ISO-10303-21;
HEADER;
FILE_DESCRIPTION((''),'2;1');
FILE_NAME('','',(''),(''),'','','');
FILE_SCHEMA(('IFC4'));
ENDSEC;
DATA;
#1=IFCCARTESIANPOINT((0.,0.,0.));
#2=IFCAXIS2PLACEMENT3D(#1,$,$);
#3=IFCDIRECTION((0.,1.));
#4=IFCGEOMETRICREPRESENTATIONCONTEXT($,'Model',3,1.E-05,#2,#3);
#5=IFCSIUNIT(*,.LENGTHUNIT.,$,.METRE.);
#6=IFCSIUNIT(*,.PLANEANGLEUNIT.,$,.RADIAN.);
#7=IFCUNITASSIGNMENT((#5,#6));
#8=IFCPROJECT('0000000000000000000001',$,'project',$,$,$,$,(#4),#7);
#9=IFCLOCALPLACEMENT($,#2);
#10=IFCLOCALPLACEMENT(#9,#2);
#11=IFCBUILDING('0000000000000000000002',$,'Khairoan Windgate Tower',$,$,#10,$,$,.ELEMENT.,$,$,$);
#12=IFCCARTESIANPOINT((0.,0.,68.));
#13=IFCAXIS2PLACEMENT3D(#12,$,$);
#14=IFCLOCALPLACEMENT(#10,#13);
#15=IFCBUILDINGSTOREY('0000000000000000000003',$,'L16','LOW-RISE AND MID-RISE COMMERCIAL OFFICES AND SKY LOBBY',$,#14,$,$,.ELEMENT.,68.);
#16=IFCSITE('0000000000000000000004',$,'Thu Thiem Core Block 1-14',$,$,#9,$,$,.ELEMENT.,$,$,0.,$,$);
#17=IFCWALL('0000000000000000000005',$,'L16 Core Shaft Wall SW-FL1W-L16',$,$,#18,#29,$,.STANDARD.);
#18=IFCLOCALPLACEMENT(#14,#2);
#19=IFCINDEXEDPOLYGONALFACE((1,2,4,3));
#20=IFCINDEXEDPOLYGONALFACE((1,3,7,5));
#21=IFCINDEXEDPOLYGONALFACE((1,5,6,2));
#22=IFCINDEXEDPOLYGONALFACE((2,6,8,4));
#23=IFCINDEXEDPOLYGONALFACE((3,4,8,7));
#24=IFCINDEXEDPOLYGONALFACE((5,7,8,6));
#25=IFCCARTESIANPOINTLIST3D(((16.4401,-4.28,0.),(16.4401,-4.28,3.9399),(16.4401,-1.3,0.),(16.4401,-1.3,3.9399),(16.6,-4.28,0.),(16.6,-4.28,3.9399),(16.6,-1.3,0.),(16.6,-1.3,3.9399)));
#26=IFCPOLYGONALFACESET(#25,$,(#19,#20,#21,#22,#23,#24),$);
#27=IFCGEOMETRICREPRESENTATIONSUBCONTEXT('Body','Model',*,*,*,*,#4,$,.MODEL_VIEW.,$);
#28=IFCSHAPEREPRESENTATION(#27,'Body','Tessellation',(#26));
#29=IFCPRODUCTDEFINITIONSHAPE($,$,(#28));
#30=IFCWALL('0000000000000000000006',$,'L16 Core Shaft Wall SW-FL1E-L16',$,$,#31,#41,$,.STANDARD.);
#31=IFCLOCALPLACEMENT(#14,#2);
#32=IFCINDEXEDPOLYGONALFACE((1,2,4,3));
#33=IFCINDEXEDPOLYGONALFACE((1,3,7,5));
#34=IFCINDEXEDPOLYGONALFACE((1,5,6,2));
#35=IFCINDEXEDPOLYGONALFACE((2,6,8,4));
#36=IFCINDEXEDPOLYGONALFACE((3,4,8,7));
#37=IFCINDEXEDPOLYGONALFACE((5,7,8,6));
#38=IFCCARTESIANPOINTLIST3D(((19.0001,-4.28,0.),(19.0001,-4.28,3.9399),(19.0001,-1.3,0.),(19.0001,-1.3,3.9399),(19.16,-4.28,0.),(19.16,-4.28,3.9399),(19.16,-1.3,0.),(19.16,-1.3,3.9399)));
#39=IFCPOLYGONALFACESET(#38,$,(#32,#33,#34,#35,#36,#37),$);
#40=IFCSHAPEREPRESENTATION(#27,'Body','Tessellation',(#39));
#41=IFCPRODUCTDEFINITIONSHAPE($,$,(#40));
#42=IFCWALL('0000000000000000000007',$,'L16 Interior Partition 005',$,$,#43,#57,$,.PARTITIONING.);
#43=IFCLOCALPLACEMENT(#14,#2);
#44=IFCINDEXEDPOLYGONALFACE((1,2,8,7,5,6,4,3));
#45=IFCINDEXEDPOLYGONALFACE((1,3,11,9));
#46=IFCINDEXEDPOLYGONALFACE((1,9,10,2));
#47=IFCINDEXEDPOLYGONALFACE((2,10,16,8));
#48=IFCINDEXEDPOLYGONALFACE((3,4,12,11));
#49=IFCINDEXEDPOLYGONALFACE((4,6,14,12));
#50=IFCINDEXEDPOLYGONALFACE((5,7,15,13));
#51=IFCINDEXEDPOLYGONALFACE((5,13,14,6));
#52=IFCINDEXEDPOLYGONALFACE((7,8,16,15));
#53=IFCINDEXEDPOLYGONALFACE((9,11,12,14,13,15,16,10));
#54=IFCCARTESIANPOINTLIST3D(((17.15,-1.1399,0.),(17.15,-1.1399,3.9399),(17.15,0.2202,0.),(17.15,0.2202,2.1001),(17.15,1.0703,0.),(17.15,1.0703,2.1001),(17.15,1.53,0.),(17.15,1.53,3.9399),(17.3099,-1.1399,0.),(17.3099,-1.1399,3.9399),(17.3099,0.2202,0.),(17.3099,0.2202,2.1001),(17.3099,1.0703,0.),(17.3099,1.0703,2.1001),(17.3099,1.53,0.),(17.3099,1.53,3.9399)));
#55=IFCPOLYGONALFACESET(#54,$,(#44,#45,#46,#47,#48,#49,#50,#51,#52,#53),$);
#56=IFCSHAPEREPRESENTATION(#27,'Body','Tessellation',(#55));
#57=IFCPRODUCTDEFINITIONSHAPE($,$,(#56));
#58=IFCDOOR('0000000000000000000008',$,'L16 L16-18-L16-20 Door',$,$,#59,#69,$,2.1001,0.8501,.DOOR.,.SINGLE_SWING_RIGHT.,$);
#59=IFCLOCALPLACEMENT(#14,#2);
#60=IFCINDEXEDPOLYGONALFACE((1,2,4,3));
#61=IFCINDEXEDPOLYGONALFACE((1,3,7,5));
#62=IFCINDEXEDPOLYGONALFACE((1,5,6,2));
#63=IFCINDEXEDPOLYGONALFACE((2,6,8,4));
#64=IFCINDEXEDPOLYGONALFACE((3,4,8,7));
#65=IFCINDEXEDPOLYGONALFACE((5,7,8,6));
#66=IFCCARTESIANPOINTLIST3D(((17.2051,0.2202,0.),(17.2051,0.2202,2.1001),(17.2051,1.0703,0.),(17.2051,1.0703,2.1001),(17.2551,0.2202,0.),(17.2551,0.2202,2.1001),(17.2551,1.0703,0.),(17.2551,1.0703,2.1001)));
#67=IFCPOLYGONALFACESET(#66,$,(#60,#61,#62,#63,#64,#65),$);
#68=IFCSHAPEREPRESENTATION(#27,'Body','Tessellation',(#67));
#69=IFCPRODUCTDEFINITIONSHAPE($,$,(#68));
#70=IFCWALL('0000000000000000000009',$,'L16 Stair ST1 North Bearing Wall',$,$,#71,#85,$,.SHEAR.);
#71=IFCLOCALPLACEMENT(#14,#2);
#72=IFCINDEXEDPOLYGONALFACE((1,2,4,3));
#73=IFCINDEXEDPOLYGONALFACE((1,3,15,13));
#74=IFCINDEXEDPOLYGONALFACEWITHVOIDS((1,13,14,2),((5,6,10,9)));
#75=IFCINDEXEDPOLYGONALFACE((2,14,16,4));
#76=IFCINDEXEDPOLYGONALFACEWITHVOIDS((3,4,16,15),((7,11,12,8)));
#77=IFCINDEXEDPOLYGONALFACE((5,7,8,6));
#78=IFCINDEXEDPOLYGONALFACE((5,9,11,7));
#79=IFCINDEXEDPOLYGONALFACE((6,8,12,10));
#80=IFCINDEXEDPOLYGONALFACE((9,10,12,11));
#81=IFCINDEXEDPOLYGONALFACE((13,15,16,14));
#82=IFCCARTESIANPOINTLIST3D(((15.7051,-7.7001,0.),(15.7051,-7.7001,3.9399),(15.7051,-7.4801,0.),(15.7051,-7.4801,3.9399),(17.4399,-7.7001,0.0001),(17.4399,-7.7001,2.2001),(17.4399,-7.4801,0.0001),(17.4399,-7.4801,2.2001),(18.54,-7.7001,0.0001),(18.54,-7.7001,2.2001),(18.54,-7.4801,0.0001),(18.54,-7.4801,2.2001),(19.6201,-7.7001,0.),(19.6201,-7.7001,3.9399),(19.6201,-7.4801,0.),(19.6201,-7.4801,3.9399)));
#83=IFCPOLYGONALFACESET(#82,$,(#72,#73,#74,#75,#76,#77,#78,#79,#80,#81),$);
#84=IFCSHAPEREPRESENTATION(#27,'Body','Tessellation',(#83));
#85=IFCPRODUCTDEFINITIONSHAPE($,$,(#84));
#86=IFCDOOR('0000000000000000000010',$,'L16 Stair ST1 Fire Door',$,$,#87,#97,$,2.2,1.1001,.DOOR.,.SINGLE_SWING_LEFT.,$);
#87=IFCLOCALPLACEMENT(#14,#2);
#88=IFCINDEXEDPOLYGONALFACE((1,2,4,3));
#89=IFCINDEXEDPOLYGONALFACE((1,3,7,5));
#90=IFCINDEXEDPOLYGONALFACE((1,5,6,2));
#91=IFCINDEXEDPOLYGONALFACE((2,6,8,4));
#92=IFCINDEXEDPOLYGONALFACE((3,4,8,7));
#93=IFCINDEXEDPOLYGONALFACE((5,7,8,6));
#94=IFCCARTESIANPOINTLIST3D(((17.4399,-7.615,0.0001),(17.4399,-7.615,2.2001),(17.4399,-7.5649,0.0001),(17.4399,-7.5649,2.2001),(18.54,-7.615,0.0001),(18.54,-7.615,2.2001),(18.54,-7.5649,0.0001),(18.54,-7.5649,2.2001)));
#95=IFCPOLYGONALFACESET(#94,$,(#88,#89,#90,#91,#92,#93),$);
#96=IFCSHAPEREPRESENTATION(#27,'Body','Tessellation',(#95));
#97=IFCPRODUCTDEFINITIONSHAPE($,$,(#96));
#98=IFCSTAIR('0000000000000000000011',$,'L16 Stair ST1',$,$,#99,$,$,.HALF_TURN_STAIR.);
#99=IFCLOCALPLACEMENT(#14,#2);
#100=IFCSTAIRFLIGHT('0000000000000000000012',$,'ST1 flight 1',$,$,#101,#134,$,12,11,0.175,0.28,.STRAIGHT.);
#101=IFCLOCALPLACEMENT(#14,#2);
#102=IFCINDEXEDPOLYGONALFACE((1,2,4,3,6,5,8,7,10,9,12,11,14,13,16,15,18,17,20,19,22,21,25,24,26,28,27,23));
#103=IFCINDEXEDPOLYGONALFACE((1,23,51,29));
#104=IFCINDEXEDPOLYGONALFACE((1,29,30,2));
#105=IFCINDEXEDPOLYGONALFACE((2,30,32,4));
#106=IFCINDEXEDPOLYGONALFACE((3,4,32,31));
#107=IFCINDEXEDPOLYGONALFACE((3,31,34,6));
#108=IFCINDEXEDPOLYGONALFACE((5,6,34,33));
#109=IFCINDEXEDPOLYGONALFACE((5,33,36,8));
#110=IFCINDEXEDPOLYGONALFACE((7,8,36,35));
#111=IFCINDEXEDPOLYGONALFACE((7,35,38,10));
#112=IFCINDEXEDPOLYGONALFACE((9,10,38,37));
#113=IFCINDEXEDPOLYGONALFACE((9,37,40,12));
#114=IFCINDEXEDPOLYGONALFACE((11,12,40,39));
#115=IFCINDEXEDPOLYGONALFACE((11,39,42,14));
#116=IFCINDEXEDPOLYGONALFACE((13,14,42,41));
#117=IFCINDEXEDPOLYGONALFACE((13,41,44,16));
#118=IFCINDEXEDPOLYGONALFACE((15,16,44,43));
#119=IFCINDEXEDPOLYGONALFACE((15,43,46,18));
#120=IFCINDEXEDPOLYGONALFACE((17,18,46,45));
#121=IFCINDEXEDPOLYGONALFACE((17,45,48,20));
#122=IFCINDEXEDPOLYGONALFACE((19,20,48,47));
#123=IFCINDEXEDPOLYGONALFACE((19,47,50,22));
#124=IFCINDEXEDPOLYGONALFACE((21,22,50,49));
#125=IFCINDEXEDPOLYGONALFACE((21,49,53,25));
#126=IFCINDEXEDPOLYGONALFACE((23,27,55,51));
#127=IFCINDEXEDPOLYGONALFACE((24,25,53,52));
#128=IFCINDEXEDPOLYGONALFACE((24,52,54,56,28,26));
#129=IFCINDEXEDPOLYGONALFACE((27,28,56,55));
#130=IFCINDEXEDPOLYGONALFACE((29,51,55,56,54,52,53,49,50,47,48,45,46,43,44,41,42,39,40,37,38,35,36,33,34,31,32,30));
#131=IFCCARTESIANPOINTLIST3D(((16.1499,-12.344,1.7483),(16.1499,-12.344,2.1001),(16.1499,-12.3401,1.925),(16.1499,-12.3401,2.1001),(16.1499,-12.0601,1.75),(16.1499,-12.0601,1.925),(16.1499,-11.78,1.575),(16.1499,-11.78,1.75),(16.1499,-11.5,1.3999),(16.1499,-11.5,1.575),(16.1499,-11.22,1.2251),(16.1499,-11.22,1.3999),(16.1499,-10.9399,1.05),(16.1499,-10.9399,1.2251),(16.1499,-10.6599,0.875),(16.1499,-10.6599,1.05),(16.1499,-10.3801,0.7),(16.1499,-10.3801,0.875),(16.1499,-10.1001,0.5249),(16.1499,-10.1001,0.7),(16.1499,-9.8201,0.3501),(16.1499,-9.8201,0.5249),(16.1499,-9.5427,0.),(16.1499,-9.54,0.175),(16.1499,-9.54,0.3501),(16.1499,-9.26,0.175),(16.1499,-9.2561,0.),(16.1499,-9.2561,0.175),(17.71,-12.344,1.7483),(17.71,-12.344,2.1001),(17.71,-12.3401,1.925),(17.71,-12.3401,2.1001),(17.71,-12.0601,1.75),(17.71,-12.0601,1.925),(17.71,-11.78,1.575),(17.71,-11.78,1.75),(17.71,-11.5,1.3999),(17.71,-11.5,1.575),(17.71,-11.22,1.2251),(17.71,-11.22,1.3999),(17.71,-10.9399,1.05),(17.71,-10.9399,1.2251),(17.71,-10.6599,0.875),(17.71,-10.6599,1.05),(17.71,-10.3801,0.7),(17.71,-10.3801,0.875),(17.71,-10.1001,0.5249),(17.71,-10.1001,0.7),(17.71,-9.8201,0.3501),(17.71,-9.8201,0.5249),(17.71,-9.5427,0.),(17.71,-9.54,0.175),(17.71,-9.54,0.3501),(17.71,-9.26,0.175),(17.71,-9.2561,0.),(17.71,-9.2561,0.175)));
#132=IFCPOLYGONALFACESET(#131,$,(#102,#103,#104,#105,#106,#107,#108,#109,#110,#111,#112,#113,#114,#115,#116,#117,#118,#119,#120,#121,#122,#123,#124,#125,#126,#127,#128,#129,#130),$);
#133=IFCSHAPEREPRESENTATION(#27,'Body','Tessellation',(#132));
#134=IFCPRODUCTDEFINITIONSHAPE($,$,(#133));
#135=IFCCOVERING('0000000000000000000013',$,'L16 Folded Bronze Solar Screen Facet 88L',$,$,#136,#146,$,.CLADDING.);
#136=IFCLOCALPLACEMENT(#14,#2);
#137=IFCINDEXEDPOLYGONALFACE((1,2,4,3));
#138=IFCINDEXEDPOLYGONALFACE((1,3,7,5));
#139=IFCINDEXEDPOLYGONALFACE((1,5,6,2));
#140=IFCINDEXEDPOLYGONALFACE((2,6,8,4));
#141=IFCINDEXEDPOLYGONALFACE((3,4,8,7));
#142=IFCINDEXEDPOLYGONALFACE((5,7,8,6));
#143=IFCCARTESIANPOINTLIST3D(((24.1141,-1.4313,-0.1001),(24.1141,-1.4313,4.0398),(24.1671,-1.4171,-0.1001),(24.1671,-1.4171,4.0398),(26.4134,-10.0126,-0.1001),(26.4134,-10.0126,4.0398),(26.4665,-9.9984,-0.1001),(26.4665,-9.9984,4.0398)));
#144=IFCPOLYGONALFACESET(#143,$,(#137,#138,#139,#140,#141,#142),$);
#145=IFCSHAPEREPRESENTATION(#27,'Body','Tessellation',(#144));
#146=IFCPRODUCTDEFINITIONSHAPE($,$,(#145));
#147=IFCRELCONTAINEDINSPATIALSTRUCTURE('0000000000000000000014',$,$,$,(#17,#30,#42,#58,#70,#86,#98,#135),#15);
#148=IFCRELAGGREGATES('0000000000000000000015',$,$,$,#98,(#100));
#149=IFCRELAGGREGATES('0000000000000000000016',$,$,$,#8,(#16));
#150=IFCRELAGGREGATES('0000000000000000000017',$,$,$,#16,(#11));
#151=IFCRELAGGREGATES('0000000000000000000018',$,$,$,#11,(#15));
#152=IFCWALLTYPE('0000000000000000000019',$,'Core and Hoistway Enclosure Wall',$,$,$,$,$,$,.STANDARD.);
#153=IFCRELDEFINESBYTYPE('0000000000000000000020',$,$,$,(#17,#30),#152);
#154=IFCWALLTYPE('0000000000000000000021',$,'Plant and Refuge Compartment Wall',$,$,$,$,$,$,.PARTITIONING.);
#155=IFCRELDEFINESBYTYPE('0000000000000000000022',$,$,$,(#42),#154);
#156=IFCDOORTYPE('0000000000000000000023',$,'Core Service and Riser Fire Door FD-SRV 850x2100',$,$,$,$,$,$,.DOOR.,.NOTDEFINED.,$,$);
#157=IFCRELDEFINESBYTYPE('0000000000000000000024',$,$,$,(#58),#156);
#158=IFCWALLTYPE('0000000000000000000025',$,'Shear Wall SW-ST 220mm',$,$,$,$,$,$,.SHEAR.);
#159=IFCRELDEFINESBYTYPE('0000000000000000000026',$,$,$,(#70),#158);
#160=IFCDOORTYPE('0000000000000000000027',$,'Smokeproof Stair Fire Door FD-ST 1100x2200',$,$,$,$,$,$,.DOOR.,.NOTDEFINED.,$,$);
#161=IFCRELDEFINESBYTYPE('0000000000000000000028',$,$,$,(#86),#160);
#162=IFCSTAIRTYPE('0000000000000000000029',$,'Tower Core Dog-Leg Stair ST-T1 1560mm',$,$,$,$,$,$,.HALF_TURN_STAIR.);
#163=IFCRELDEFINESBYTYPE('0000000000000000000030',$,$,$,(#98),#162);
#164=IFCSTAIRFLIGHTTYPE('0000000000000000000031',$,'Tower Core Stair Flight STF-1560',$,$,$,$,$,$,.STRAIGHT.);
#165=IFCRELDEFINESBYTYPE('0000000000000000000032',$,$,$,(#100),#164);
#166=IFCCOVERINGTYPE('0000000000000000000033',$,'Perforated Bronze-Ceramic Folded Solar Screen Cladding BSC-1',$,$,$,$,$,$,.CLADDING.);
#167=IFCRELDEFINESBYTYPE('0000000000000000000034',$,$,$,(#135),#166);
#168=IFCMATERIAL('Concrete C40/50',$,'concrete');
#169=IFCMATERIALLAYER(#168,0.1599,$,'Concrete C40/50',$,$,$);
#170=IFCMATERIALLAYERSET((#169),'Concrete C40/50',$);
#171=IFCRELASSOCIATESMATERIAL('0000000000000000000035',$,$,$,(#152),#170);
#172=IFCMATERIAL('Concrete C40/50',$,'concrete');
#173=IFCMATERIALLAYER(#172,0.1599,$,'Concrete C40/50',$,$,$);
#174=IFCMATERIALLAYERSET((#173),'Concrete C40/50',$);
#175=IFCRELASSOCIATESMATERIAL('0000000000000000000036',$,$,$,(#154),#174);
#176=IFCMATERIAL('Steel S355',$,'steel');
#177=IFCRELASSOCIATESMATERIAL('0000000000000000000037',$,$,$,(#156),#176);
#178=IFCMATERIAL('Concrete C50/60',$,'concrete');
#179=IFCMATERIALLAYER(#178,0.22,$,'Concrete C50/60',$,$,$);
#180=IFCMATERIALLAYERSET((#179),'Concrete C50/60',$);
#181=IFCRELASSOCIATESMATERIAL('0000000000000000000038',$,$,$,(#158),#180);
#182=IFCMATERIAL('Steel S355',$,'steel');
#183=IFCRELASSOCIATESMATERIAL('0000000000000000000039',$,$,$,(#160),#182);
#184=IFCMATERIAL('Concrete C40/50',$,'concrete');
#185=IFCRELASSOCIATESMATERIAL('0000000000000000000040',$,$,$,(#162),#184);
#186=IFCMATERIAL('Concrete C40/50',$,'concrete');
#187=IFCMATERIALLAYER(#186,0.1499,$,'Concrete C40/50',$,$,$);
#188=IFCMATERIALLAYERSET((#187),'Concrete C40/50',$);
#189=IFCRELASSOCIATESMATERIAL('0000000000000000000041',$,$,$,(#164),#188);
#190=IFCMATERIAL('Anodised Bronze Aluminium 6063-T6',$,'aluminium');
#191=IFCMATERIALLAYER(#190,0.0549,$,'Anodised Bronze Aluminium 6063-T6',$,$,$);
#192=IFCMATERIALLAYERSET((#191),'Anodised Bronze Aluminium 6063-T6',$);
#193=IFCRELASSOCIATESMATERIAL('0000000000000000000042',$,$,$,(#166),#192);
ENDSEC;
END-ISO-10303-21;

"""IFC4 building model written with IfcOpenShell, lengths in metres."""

from ifc_helpers import new_model, si_unit, direction, frame, frame_2d, origin, origin_2d, place, context, subcontext, project, spatial, polyline, rectangle, outline, extrude, material, layer, layer_set, type_object, element, fill, aggregate, save


model = new_model("IFC4")

# Units and contexts
model_context = context("Model", 3, precision=1e-05, world=origin(), true_north=direction((0.0, 1.0)))
body_context = subcontext(model_context, "Body", "Model", "MODEL_VIEW")
ifc_project = project(units=[si_unit("LENGTHUNIT", "METRE"), si_unit("PLANEANGLEUNIT", "RADIAN")], contexts=[model_context])

# Site, building, storey
site_placement = place(None, origin())
site = spatial("IfcSite", under=ifc_project, at=site_placement, Name="Thu Thiem Core Block 1-14", CompositionType="ELEMENT", RefElevation=0.0)
building_placement = place(site_placement, origin())
building = spatial("IfcBuilding", under=site, at=building_placement, Name="Khairoan Windgate Tower", CompositionType="ELEMENT")
storey_placement = place(building_placement, frame((0.0, 0.0, 68.0)))
storey = spatial("IfcBuildingStorey", under=building, at=storey_placement, Name="L16", Description="LOW-RISE AND MID-RISE COMMERCIAL OFFICES AND SKY LOBBY", CompositionType="ELEMENT", Elevation=68.0)

# Walls
ifc_material_1 = material(Name="Concrete C40/50", Category="concrete")
ifc_layer_1 = layer(ifc_material_1, 0.1599, Name="Concrete C40/50")
ifc_layer_set_1 = layer_set([ifc_layer_1], Name="Concrete C40/50")
wall_type_1 = type_object("IfcWallType", Name="Core and Hoistway Enclosure Wall", PredefinedType="STANDARD", material=ifc_layer_set_1)
for number, where, z_axis, x_axis, name in (
    (1, (16.52, -4.28, 0.0), (0.0, 0.0, 1.0), (0.0, 1.0, 0.0), "L16 Core Shaft Wall SW-FL1W-L16"),
    (2, (19.0801, -4.28, 0.0), (0.0, 0.0, 1.0), (0.0, 1.0, 0.0), "L16 Core Shaft Wall SW-FL1E-L16"),
):
    element("IfcWall", number, at=place(storey_placement, frame(where, z_axis=z_axis, x_axis=x_axis)), inside=storey, type_object=wall_type_1, Name=name, PredefinedType="STANDARD", context=body_context, shape_type="SweptSolid", body=[
        extrude(rectangle(XDim=2.98, YDim=0.1599, at=frame_2d((1.49, 0.0))), origin(), (0.0, 0.0, 1.0), 3.9399),
    ])

# Walls, openings, doors
ifc_material_2 = material(Name="Concrete C40/50", Category="concrete")
ifc_layer_2 = layer(ifc_material_2, 0.1599, Name="Concrete C40/50")
ifc_layer_set_2 = layer_set([ifc_layer_2], Name="Concrete C40/50")
wall_type_2 = type_object("IfcWallType", Name="Plant and Refuge Compartment Wall", PredefinedType="PARTITIONING", material=ifc_layer_set_2)
wall_1_placement = place(storey_placement, frame((17.23, -1.1399, 0.0), z_axis=(0.0, 0.0, 1.0), x_axis=(0.0, 1.0, 0.0)))
wall_1 = element("IfcWall", 3, at=wall_1_placement, inside=storey, type_object=wall_type_2, Name="L16 Interior Partition 005", PredefinedType="PARTITIONING", context=body_context, shape_type="SweptSolid", body=[
    extrude(rectangle(XDim=2.6699, YDim=0.1599, at=frame_2d((1.335, 0.0))), origin(), (0.0, 0.0, 1.0), 3.9399),
])
opening_1_placement = place(wall_1_placement, frame((1.3601, 0.0, 0.0)))
opening_1 = element("IfcOpeningElement", 4, at=opening_1_placement, cuts=wall_1, PredefinedType="OPENING", context=body_context, shape_type="SweptSolid", body=[
    extrude(rectangle(XDim=0.8501, YDim=2.1001, at=frame_2d((0.425, 1.05))), frame((0.0, 0.0898, 0.0), z_axis=(0.0, -1.0, 0.0), x_axis=(1.0, 0.0, 0.0)), (0.0, 0.0, 1.0), 0.1799),
])
ifc_material_3 = material(Name="Steel S355", Category="steel")
door_type_1 = type_object("IfcDoorType", Name="Core Service and Riser Fire Door FD-SRV 850x2100", OperationType="NOTDEFINED", PredefinedType="DOOR", material=ifc_material_3)
door_1_placement = place(opening_1_placement, origin())
door_1 = element("IfcDoor", 5, at=door_1_placement, inside=storey, type_object=door_type_1, Name="L16 L16-18-L16-20 Door", OperationType="SINGLE_SWING_RIGHT", OverallHeight=2.1001, OverallWidth=0.8501, PredefinedType="DOOR", context=body_context, shape_type="SweptSolid", body=[
    extrude(rectangle(XDim=0.8501, YDim=2.1001, at=frame_2d((0.425, 1.05))), frame((0.0, 0.0249, 0.0), z_axis=(0.0, -1.0, 0.0), x_axis=(1.0, 0.0, 0.0)), (0.0, 0.0, 1.0), 0.05),
])
fill(opening_1, door_1)
ifc_material_4 = material(Name="Concrete C50/60", Category="concrete")
ifc_layer_3 = layer(ifc_material_4, 0.22, Name="Concrete C50/60")
ifc_layer_set_3 = layer_set([ifc_layer_3], Name="Concrete C50/60")
wall_type_3 = type_object("IfcWallType", Name="Shear Wall SW-ST 220mm", PredefinedType="SHEAR", material=ifc_layer_set_3)
wall_2_placement = place(storey_placement, frame((19.6201, -7.5901, 0.0), z_axis=(0.0, 0.0, 1.0), x_axis=(-1.0, 0.0, 0.0)))
wall_2 = element("IfcWall", 6, at=wall_2_placement, inside=storey, type_object=wall_type_3, Name="L16 Stair ST1 North Bearing Wall", PredefinedType="SHEAR", context=body_context, shape_type="SweptSolid", body=[
    extrude(rectangle(XDim=3.915, YDim=0.22, at=frame_2d((1.9575, 0.0))), origin(), (0.0, 0.0, 1.0), 3.9399),
])
opening_2_placement = place(wall_2_placement, frame((1.0801, 0.0, 0.0)))
opening_2 = element("IfcOpeningElement", 7, at=opening_2_placement, cuts=wall_2, PredefinedType="OPENING", context=body_context, shape_type="SweptSolid", body=[
    extrude(rectangle(XDim=1.1001, YDim=2.2, at=frame_2d((0.55, 1.1001))), frame((0.0, 0.1199, 0.0), z_axis=(0.0, -1.0, 0.0), x_axis=(1.0, 0.0, 0.0)), (0.0, 0.0, 1.0), 0.24),
])
ifc_material_5 = material(Name="Steel S355", Category="steel")
door_type_2 = type_object("IfcDoorType", Name="Smokeproof Stair Fire Door FD-ST 1100x2200", OperationType="NOTDEFINED", PredefinedType="DOOR", material=ifc_material_5)
door_2_placement = place(opening_2_placement, origin())
door_2 = element("IfcDoor", 8, at=door_2_placement, inside=storey, type_object=door_type_2, Name="L16 Stair ST1 Fire Door", OperationType="SINGLE_SWING_LEFT", OverallHeight=2.2, OverallWidth=1.1001, PredefinedType="DOOR", context=body_context, shape_type="SweptSolid", body=[
    extrude(rectangle(XDim=1.1001, YDim=2.2, at=frame_2d((0.55, 1.1001))), frame((0.0, 0.0249, 0.0), z_axis=(0.0, -1.0, 0.0), x_axis=(1.0, 0.0, 0.0)), (0.0, 0.0, 1.0), 0.05),
])
fill(opening_2, door_2)

# Stair, stair flight
ifc_material_6 = material(Name="Concrete C40/50", Category="concrete")
stair_type = type_object("IfcStairType", Name="Tower Core Dog-Leg Stair ST-T1 1560mm", PredefinedType="HALF_TURN_STAIR", material=ifc_material_6)
stair_placement = place(storey_placement, origin())
stair = element("IfcStair", 9, at=stair_placement, inside=storey, type_object=stair_type, Name="L16 Stair ST1", PredefinedType="HALF_TURN_STAIR")
ifc_material_7 = material(Name="Concrete C40/50", Category="concrete")
ifc_layer_4 = layer(ifc_material_7, 0.1499, Name="Concrete C40/50")
ifc_layer_set_4 = layer_set([ifc_layer_4], Name="Concrete C40/50")
stair_flight_type = type_object("IfcStairFlightType", Name="Tower Core Stair Flight STF-1560", PredefinedType="STRAIGHT", material=ifc_layer_set_4)
stair_flight_placement = place(storey_placement, frame((16.9299, -9.26, 0.0), z_axis=(0.0, 0.0, 1.0), x_axis=(0.0, -1.0, 0.0)))
stair_flight = element("IfcStairFlight", 10, at=stair_flight_placement, type_object=stair_flight_type, Name="ST1 flight 1", NumberOfRisers=12, NumberOfTreads=11, PredefinedType="STRAIGHT", RiserHeight=0.175, TreadLength=0.28, context=body_context, shape_type="SweptSolid", body=[
    extrude(outline(polyline([(-0.0039, 0.0), (-0.0039, 0.175), (0.0, 0.175), (0.28, 0.175), (0.28, 0.3501), (0.5601, 0.3501), (0.5601, 0.5249), (0.8401, 0.5249), (0.8401, 0.7), (1.1201, 0.7), (1.1201, 0.875), (1.3999, 0.875), (1.3999, 1.05), (1.6799, 1.05), (1.6799, 1.2251), (1.96, 1.2251), (1.96, 1.3999), (2.24, 1.3999), (2.24, 1.575), (2.52, 1.575), (2.52, 1.75), (2.8, 1.75), (2.8, 1.925), (3.0801, 1.925), (3.0801, 2.1001), (3.084, 2.1001), (3.084, 1.7483), (0.2827, 0.0), (-0.0039, 0.0)])), frame((0.0, 0.78, 0.0), z_axis=(0.0, -1.0, 0.0), x_axis=(1.0, 0.0, 0.0)), (0.0, 0.0, 1.0), 1.5601),
])
aggregate(stair, [stair_flight])

# Covering
ifc_material_8 = material(Name="Anodised Bronze Aluminium 6063-T6", Category="aluminium")
ifc_layer_5 = layer(ifc_material_8, 0.0549, Name="Anodised Bronze Aluminium 6063-T6")
ifc_layer_set_5 = layer_set([ifc_layer_5], Name="Anodised Bronze Aluminium 6063-T6")
covering_type = type_object("IfcCoveringType", Name="Perforated Bronze-Ceramic Folded Solar Screen Cladding BSC-1", PredefinedType="CLADDING", material=ifc_layer_set_5)
covering_placement = place(storey_placement, frame((25.2903, -5.7148, -0.1001), z_axis=(0.0, 0.0, 1.0), x_axis=(0.258819, -0.965926, 0.0)))
element("IfcCovering", 11, at=covering_placement, inside=storey, type_object=covering_type, Name="L16 Folded Bronze Solar Screen Facet 88L", PredefinedType="CLADDING", context=body_context, shape_type="SweptSolid", body=[
    extrude(rectangle(XDim=8.884, YDim=0.0549, at=origin_2d()), origin(), (0.0, 0.0, 1.0), 4.1399),
])

save(model, "model.ifc")
